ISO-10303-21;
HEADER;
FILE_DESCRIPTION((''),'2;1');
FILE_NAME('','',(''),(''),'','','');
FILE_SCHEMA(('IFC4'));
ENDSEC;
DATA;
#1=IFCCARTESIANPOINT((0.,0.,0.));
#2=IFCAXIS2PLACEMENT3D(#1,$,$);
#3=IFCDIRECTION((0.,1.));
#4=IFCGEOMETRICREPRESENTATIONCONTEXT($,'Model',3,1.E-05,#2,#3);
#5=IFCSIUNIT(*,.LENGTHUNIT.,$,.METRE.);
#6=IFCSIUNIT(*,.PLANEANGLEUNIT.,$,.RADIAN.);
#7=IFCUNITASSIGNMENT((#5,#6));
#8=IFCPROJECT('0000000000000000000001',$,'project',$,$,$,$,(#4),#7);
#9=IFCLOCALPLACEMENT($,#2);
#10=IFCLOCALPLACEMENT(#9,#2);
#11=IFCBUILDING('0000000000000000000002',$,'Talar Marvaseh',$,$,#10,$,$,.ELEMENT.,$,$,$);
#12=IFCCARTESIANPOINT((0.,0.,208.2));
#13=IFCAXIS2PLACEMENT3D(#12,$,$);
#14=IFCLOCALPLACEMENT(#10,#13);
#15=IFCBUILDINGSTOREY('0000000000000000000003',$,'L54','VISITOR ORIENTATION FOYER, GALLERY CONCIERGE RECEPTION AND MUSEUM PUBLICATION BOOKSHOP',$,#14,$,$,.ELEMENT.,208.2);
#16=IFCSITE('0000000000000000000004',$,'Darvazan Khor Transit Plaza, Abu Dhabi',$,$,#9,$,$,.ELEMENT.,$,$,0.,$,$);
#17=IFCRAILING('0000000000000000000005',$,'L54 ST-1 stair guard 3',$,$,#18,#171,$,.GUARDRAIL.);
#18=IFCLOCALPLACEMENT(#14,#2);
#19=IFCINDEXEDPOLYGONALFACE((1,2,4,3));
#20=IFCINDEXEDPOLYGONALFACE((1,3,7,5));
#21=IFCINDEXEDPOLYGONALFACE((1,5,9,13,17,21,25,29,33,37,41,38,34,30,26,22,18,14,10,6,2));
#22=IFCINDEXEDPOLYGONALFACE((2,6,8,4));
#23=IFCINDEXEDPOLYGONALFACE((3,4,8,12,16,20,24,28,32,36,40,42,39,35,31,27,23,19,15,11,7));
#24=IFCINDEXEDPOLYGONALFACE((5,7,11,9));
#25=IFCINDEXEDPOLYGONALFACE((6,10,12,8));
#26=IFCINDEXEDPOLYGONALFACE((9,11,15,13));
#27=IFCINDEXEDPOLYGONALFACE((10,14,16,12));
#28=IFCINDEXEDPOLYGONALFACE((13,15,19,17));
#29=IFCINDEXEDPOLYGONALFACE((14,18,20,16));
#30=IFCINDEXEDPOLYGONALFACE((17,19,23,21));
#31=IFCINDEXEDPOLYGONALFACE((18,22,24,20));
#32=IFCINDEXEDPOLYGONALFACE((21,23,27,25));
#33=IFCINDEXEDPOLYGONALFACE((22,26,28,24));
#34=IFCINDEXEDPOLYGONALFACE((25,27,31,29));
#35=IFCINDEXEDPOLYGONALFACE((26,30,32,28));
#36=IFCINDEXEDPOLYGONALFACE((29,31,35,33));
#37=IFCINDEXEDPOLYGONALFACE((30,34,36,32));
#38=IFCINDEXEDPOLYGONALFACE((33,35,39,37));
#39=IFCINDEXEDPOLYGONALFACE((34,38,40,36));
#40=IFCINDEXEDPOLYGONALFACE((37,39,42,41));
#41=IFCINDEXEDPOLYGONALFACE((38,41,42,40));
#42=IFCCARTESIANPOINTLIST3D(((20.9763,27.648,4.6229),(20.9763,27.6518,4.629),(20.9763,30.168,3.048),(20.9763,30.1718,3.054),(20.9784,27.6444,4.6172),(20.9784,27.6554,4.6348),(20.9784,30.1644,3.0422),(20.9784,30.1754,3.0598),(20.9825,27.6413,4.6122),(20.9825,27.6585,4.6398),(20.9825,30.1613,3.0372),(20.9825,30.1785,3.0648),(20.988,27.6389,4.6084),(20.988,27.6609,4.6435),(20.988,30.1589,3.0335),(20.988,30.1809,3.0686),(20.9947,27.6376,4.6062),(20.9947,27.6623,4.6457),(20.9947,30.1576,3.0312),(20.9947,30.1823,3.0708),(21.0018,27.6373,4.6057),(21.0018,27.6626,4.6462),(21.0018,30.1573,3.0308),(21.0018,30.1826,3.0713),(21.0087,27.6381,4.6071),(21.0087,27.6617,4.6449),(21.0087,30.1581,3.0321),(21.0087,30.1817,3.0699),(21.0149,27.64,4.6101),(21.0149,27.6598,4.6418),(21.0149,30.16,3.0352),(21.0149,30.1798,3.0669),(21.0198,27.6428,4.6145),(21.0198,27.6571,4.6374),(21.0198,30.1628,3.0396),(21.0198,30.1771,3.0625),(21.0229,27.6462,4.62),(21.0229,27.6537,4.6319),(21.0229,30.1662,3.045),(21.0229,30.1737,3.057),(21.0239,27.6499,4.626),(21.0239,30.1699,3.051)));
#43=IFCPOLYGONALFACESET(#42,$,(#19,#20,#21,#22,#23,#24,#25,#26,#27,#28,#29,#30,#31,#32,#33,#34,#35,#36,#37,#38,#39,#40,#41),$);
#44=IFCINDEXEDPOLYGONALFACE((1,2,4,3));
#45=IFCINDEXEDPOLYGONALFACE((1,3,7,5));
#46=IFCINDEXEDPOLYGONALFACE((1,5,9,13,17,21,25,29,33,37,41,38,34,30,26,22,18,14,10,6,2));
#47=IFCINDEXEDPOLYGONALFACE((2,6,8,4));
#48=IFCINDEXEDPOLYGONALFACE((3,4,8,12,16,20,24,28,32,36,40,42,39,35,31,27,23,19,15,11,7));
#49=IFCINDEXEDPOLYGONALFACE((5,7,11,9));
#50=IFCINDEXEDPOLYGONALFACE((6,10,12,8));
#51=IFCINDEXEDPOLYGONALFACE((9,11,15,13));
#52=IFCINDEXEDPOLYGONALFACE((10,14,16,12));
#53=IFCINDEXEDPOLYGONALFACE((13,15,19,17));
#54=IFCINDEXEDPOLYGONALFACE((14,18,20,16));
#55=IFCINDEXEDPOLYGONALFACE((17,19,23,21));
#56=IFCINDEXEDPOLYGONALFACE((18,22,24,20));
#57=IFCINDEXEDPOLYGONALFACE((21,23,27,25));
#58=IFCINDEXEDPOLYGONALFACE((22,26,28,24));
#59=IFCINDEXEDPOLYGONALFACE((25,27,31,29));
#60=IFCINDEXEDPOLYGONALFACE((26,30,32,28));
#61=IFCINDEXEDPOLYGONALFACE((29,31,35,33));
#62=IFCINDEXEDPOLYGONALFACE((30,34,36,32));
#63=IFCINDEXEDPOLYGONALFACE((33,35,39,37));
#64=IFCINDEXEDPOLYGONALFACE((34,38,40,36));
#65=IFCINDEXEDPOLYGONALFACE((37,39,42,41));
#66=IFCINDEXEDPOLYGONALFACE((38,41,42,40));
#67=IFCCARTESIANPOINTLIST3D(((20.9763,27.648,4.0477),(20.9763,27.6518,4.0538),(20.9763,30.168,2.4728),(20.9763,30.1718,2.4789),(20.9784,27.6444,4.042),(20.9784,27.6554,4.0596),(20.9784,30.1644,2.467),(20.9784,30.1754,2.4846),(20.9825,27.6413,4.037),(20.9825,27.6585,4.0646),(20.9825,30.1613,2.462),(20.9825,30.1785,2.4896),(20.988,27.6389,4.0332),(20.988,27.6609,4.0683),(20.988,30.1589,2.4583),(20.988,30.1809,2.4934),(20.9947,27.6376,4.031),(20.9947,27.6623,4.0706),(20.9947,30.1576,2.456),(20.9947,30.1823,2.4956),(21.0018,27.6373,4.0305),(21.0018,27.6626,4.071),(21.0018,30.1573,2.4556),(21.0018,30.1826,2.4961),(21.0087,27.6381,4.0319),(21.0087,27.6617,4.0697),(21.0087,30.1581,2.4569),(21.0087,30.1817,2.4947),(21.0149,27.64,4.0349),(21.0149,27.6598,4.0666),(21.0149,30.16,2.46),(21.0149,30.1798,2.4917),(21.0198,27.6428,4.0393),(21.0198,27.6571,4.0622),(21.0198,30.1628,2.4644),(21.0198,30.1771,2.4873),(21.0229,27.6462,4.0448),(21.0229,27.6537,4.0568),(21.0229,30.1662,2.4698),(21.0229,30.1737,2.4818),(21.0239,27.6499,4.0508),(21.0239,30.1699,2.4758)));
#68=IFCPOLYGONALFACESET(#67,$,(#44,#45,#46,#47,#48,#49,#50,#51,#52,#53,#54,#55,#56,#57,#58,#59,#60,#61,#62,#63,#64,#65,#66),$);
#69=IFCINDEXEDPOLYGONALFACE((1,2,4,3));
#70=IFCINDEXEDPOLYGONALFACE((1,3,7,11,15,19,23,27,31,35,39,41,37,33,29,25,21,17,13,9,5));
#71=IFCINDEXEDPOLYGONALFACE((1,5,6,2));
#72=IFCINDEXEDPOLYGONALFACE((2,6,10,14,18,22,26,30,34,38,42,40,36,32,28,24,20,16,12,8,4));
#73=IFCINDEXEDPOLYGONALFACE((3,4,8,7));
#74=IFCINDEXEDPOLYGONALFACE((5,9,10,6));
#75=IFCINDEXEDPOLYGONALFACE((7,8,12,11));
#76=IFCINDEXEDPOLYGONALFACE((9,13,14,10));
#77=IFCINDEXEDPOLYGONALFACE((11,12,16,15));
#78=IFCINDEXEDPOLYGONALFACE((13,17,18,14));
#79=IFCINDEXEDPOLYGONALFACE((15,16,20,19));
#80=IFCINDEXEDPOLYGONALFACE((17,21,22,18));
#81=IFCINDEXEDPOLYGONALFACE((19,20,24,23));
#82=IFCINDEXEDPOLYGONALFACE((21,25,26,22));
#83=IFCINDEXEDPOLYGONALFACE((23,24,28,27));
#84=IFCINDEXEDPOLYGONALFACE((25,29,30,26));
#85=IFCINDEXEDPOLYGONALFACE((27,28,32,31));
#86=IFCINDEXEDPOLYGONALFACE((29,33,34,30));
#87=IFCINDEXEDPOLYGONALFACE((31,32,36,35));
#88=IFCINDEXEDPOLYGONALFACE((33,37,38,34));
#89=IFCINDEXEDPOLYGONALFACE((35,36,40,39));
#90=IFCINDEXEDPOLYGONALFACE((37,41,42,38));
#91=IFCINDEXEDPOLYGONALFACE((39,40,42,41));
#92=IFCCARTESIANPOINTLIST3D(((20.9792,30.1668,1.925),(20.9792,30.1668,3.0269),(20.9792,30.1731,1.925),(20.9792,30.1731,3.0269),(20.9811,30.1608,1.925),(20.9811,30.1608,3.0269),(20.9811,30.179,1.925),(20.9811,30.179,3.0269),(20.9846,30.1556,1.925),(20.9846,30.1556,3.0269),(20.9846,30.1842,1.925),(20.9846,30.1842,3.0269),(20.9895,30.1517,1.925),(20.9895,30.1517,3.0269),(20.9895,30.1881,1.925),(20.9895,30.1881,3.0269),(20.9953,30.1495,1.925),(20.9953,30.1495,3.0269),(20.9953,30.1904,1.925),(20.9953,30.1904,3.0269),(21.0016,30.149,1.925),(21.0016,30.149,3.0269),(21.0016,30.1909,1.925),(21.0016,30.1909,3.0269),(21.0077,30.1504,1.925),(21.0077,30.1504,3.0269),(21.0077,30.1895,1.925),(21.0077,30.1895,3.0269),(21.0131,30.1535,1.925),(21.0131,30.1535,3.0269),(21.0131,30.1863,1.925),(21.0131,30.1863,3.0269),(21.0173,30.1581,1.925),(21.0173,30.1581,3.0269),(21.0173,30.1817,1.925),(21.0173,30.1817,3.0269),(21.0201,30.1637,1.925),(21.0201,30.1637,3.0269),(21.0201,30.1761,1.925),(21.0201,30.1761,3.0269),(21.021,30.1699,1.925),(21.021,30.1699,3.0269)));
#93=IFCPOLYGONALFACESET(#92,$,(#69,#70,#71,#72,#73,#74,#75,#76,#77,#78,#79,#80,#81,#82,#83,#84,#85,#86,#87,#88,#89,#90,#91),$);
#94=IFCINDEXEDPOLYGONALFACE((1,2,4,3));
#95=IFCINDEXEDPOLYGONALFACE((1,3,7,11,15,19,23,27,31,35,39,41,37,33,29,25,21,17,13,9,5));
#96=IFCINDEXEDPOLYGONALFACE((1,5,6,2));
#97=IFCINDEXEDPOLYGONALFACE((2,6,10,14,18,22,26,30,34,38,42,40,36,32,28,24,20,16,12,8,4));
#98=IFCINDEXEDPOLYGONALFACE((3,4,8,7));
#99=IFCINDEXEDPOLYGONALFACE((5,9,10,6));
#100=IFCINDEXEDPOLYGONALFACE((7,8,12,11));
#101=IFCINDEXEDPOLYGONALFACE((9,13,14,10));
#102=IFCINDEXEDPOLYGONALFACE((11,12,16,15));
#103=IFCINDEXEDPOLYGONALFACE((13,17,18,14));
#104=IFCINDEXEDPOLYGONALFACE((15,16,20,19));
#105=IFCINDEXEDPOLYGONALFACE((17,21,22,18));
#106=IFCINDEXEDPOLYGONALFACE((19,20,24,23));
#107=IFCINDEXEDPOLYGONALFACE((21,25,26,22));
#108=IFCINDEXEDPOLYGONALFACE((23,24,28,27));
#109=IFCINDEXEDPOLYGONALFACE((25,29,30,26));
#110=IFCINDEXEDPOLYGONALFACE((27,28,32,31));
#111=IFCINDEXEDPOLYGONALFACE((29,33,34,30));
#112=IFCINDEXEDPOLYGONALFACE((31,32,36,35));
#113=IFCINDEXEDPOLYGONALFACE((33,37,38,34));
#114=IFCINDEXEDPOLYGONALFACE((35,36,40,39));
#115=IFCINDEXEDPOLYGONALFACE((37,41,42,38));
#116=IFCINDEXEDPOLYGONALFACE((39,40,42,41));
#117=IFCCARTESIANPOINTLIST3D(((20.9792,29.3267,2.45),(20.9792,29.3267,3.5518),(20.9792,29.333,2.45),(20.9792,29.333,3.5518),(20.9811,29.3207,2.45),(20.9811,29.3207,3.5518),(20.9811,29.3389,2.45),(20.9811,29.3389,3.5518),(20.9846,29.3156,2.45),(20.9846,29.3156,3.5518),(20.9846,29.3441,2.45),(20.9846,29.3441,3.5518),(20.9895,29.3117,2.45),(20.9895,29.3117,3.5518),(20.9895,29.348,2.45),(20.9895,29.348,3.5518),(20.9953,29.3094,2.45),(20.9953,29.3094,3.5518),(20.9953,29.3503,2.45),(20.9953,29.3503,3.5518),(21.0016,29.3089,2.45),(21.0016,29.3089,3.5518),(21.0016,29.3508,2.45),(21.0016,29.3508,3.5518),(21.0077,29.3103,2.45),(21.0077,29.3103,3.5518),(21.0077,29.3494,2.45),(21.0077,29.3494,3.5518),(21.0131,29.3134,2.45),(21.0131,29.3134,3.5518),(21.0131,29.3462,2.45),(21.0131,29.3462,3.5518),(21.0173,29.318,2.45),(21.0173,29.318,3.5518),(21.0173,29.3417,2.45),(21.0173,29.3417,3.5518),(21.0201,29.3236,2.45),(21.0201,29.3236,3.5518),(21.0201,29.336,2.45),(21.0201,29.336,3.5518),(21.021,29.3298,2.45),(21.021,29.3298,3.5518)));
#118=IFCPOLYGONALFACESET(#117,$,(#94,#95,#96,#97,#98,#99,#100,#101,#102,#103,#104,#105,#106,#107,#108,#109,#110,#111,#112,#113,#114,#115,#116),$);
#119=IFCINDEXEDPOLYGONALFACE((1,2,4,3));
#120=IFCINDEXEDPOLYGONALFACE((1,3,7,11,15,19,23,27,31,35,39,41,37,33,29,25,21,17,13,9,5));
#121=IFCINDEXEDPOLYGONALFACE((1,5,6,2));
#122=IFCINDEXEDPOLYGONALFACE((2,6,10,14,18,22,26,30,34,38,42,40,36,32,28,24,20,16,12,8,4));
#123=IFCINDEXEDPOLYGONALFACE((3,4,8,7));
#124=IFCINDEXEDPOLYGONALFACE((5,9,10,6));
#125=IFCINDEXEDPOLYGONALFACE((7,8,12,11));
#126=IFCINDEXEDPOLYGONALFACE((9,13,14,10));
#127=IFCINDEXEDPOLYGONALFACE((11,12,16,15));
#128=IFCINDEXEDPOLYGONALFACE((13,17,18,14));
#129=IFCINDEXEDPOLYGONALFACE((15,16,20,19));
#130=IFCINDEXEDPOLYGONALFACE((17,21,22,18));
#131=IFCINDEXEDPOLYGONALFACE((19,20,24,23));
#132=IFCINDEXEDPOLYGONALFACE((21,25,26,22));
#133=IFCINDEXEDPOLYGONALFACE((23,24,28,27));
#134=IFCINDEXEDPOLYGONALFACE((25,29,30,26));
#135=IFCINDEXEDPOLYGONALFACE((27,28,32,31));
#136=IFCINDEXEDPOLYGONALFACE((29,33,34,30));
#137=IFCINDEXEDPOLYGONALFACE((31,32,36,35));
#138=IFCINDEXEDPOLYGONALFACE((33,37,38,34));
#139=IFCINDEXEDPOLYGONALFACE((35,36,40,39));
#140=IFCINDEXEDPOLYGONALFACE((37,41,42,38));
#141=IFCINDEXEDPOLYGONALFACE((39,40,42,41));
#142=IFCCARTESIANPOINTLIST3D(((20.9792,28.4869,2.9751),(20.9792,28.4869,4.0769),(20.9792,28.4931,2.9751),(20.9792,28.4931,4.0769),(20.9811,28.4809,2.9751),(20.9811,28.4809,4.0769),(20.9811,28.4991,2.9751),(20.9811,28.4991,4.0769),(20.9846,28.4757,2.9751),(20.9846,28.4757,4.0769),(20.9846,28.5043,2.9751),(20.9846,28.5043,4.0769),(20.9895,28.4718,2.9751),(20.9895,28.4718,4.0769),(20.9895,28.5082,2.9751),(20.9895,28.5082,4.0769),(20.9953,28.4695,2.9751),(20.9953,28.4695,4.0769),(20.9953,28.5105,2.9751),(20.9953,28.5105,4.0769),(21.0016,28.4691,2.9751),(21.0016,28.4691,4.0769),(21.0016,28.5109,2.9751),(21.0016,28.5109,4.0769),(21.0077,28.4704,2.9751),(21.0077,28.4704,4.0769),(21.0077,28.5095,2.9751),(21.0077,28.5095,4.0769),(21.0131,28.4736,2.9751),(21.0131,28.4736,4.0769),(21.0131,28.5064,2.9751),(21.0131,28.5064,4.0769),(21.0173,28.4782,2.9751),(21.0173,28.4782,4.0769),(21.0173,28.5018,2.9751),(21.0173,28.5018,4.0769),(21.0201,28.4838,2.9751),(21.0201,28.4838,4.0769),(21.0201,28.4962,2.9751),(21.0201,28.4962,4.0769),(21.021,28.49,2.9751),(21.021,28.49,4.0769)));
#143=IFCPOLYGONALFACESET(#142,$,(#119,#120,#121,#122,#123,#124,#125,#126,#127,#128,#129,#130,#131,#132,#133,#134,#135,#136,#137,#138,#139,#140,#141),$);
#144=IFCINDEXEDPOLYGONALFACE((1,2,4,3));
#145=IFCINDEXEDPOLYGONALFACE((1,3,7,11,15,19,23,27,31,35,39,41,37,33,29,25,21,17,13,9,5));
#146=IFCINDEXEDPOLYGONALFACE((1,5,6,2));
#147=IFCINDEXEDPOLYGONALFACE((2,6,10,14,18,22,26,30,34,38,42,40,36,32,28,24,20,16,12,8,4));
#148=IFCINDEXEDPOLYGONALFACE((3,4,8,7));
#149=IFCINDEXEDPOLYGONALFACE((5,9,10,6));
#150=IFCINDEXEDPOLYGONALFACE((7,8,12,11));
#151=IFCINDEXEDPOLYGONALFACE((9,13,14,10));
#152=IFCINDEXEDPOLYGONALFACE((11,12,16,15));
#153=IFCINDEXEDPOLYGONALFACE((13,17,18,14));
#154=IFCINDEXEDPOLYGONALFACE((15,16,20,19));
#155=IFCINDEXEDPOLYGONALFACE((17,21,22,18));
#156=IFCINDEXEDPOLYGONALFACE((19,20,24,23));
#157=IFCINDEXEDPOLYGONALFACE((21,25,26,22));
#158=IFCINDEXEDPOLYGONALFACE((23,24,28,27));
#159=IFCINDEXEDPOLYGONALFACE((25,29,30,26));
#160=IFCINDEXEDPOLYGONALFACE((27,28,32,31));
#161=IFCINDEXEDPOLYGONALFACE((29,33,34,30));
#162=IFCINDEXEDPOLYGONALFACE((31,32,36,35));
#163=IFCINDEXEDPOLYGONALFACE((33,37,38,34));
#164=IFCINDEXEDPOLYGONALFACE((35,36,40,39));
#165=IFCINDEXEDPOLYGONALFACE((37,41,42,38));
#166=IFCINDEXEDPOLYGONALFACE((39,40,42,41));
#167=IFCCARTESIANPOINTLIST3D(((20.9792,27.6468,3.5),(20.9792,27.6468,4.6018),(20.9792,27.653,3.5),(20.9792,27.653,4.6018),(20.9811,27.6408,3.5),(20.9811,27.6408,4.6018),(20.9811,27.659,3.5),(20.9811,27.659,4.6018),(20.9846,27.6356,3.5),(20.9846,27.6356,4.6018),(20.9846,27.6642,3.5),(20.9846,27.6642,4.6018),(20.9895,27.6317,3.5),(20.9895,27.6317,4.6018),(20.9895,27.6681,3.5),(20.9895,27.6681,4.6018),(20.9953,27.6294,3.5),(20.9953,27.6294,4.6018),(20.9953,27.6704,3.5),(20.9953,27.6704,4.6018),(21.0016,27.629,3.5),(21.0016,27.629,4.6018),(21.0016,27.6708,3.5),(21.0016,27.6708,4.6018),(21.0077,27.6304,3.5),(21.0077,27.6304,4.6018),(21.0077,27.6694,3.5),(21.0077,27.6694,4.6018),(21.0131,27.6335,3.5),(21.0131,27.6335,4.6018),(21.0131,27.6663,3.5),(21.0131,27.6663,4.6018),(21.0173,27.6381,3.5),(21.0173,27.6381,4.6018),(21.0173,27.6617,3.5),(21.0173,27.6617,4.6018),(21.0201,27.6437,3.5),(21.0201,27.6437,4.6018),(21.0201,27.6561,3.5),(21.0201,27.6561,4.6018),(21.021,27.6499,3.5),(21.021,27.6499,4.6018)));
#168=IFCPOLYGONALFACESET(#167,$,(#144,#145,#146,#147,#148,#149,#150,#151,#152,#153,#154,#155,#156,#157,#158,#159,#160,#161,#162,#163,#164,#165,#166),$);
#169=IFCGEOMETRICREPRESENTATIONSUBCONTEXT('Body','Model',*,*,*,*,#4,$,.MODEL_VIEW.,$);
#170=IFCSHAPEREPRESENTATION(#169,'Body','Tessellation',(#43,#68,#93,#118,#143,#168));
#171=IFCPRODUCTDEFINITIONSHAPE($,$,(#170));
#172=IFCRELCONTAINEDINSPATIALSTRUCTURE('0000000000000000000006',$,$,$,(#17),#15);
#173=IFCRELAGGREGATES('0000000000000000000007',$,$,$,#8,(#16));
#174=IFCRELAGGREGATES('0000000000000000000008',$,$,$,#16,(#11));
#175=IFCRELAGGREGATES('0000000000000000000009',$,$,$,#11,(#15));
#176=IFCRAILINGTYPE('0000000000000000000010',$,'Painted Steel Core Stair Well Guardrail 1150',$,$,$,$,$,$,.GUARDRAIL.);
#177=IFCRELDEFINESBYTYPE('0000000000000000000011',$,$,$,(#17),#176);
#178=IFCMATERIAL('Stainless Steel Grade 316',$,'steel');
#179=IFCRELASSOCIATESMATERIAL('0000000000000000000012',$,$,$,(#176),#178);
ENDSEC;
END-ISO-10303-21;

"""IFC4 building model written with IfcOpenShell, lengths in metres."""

from ifc_helpers import new_model, si_unit, direction, frame, origin, origin_2d, place, context, subcontext, project, spatial, circle, extrude, material, type_object, element, save


model = new_model("IFC4")

# Units and contexts
model_context = context("Model", 3, precision=1e-05, world=origin(), true_north=direction((0.0, 1.0)))
body_context = subcontext(model_context, "Body", "Model", "MODEL_VIEW")
ifc_project = project(units=[si_unit("LENGTHUNIT", "METRE"), si_unit("PLANEANGLEUNIT", "RADIAN")], contexts=[model_context])

# Site, building, storey
site_placement = place(None, origin())
site = spatial("IfcSite", under=ifc_project, at=site_placement, Name="Darvazan Khor Transit Plaza, Abu Dhabi", CompositionType="ELEMENT", RefElevation=0.0)
building_placement = place(site_placement, origin())
building = spatial("IfcBuilding", under=site, at=building_placement, Name="Talar Marvaseh", CompositionType="ELEMENT")
storey_placement = place(building_placement, frame((0.0, 0.0, 208.2)))
storey = spatial("IfcBuildingStorey", under=building, at=storey_placement, Name="L54", Description="VISITOR ORIENTATION FOYER, GALLERY CONCIERGE RECEPTION AND MUSEUM PUBLICATION BOOKSHOP", CompositionType="ELEMENT", Elevation=208.2)

# Railing
ifc_material_1 = material(Name="Stainless Steel Grade 316", Category="steel")
railing_type_1 = type_object("IfcRailingType", Name="Painted Steel Core Stair Well Guardrail 1150", PredefinedType="GUARDRAIL", material=ifc_material_1)
railing_1_placement = place(storey_placement, frame((21.0, 30.1699, 1.925)))
element("IfcRailing", 1, at=railing_1_placement, inside=storey, type_object=railing_type_1, Name="L54 ST-1 stair guard 3", PredefinedType="GUARDRAIL", context=body_context, shape_type="SweptSolid", body=[
    extrude(circle(Radius=0.0239, at=origin_2d()), frame((0.0, 0.0, 1.126), z_axis=(0.0, -0.848008, 0.529984), x_axis=(1.0, 0.0, 0.0)), (0.0, 0.0, 1.0), 2.9717),
    extrude(circle(Radius=0.0239, at=origin_2d()), frame((0.0, 0.0, 0.5508), z_axis=(0.0, -0.848008, 0.529984), x_axis=(1.0, 0.0, 0.0)), (0.0, 0.0, 1.0), 2.9717),
    extrude(circle(Radius=0.021, at=origin_2d()), origin(), (0.0, 0.0, 1.0), 1.1018),
    extrude(circle(Radius=0.021, at=origin_2d()), frame((0.0, -0.8401, 0.5249)), (0.0, 0.0, 1.0), 1.1018),
    extrude(circle(Radius=0.021, at=origin_2d()), frame((0.0, -1.6799, 1.05)), (0.0, 0.0, 1.0), 1.1018),
    extrude(circle(Radius=0.021, at=origin_2d()), frame((0.0, -2.52, 1.575)), (0.0, 0.0, 1.0), 1.1018),
])

save(model, "model.ifc")
